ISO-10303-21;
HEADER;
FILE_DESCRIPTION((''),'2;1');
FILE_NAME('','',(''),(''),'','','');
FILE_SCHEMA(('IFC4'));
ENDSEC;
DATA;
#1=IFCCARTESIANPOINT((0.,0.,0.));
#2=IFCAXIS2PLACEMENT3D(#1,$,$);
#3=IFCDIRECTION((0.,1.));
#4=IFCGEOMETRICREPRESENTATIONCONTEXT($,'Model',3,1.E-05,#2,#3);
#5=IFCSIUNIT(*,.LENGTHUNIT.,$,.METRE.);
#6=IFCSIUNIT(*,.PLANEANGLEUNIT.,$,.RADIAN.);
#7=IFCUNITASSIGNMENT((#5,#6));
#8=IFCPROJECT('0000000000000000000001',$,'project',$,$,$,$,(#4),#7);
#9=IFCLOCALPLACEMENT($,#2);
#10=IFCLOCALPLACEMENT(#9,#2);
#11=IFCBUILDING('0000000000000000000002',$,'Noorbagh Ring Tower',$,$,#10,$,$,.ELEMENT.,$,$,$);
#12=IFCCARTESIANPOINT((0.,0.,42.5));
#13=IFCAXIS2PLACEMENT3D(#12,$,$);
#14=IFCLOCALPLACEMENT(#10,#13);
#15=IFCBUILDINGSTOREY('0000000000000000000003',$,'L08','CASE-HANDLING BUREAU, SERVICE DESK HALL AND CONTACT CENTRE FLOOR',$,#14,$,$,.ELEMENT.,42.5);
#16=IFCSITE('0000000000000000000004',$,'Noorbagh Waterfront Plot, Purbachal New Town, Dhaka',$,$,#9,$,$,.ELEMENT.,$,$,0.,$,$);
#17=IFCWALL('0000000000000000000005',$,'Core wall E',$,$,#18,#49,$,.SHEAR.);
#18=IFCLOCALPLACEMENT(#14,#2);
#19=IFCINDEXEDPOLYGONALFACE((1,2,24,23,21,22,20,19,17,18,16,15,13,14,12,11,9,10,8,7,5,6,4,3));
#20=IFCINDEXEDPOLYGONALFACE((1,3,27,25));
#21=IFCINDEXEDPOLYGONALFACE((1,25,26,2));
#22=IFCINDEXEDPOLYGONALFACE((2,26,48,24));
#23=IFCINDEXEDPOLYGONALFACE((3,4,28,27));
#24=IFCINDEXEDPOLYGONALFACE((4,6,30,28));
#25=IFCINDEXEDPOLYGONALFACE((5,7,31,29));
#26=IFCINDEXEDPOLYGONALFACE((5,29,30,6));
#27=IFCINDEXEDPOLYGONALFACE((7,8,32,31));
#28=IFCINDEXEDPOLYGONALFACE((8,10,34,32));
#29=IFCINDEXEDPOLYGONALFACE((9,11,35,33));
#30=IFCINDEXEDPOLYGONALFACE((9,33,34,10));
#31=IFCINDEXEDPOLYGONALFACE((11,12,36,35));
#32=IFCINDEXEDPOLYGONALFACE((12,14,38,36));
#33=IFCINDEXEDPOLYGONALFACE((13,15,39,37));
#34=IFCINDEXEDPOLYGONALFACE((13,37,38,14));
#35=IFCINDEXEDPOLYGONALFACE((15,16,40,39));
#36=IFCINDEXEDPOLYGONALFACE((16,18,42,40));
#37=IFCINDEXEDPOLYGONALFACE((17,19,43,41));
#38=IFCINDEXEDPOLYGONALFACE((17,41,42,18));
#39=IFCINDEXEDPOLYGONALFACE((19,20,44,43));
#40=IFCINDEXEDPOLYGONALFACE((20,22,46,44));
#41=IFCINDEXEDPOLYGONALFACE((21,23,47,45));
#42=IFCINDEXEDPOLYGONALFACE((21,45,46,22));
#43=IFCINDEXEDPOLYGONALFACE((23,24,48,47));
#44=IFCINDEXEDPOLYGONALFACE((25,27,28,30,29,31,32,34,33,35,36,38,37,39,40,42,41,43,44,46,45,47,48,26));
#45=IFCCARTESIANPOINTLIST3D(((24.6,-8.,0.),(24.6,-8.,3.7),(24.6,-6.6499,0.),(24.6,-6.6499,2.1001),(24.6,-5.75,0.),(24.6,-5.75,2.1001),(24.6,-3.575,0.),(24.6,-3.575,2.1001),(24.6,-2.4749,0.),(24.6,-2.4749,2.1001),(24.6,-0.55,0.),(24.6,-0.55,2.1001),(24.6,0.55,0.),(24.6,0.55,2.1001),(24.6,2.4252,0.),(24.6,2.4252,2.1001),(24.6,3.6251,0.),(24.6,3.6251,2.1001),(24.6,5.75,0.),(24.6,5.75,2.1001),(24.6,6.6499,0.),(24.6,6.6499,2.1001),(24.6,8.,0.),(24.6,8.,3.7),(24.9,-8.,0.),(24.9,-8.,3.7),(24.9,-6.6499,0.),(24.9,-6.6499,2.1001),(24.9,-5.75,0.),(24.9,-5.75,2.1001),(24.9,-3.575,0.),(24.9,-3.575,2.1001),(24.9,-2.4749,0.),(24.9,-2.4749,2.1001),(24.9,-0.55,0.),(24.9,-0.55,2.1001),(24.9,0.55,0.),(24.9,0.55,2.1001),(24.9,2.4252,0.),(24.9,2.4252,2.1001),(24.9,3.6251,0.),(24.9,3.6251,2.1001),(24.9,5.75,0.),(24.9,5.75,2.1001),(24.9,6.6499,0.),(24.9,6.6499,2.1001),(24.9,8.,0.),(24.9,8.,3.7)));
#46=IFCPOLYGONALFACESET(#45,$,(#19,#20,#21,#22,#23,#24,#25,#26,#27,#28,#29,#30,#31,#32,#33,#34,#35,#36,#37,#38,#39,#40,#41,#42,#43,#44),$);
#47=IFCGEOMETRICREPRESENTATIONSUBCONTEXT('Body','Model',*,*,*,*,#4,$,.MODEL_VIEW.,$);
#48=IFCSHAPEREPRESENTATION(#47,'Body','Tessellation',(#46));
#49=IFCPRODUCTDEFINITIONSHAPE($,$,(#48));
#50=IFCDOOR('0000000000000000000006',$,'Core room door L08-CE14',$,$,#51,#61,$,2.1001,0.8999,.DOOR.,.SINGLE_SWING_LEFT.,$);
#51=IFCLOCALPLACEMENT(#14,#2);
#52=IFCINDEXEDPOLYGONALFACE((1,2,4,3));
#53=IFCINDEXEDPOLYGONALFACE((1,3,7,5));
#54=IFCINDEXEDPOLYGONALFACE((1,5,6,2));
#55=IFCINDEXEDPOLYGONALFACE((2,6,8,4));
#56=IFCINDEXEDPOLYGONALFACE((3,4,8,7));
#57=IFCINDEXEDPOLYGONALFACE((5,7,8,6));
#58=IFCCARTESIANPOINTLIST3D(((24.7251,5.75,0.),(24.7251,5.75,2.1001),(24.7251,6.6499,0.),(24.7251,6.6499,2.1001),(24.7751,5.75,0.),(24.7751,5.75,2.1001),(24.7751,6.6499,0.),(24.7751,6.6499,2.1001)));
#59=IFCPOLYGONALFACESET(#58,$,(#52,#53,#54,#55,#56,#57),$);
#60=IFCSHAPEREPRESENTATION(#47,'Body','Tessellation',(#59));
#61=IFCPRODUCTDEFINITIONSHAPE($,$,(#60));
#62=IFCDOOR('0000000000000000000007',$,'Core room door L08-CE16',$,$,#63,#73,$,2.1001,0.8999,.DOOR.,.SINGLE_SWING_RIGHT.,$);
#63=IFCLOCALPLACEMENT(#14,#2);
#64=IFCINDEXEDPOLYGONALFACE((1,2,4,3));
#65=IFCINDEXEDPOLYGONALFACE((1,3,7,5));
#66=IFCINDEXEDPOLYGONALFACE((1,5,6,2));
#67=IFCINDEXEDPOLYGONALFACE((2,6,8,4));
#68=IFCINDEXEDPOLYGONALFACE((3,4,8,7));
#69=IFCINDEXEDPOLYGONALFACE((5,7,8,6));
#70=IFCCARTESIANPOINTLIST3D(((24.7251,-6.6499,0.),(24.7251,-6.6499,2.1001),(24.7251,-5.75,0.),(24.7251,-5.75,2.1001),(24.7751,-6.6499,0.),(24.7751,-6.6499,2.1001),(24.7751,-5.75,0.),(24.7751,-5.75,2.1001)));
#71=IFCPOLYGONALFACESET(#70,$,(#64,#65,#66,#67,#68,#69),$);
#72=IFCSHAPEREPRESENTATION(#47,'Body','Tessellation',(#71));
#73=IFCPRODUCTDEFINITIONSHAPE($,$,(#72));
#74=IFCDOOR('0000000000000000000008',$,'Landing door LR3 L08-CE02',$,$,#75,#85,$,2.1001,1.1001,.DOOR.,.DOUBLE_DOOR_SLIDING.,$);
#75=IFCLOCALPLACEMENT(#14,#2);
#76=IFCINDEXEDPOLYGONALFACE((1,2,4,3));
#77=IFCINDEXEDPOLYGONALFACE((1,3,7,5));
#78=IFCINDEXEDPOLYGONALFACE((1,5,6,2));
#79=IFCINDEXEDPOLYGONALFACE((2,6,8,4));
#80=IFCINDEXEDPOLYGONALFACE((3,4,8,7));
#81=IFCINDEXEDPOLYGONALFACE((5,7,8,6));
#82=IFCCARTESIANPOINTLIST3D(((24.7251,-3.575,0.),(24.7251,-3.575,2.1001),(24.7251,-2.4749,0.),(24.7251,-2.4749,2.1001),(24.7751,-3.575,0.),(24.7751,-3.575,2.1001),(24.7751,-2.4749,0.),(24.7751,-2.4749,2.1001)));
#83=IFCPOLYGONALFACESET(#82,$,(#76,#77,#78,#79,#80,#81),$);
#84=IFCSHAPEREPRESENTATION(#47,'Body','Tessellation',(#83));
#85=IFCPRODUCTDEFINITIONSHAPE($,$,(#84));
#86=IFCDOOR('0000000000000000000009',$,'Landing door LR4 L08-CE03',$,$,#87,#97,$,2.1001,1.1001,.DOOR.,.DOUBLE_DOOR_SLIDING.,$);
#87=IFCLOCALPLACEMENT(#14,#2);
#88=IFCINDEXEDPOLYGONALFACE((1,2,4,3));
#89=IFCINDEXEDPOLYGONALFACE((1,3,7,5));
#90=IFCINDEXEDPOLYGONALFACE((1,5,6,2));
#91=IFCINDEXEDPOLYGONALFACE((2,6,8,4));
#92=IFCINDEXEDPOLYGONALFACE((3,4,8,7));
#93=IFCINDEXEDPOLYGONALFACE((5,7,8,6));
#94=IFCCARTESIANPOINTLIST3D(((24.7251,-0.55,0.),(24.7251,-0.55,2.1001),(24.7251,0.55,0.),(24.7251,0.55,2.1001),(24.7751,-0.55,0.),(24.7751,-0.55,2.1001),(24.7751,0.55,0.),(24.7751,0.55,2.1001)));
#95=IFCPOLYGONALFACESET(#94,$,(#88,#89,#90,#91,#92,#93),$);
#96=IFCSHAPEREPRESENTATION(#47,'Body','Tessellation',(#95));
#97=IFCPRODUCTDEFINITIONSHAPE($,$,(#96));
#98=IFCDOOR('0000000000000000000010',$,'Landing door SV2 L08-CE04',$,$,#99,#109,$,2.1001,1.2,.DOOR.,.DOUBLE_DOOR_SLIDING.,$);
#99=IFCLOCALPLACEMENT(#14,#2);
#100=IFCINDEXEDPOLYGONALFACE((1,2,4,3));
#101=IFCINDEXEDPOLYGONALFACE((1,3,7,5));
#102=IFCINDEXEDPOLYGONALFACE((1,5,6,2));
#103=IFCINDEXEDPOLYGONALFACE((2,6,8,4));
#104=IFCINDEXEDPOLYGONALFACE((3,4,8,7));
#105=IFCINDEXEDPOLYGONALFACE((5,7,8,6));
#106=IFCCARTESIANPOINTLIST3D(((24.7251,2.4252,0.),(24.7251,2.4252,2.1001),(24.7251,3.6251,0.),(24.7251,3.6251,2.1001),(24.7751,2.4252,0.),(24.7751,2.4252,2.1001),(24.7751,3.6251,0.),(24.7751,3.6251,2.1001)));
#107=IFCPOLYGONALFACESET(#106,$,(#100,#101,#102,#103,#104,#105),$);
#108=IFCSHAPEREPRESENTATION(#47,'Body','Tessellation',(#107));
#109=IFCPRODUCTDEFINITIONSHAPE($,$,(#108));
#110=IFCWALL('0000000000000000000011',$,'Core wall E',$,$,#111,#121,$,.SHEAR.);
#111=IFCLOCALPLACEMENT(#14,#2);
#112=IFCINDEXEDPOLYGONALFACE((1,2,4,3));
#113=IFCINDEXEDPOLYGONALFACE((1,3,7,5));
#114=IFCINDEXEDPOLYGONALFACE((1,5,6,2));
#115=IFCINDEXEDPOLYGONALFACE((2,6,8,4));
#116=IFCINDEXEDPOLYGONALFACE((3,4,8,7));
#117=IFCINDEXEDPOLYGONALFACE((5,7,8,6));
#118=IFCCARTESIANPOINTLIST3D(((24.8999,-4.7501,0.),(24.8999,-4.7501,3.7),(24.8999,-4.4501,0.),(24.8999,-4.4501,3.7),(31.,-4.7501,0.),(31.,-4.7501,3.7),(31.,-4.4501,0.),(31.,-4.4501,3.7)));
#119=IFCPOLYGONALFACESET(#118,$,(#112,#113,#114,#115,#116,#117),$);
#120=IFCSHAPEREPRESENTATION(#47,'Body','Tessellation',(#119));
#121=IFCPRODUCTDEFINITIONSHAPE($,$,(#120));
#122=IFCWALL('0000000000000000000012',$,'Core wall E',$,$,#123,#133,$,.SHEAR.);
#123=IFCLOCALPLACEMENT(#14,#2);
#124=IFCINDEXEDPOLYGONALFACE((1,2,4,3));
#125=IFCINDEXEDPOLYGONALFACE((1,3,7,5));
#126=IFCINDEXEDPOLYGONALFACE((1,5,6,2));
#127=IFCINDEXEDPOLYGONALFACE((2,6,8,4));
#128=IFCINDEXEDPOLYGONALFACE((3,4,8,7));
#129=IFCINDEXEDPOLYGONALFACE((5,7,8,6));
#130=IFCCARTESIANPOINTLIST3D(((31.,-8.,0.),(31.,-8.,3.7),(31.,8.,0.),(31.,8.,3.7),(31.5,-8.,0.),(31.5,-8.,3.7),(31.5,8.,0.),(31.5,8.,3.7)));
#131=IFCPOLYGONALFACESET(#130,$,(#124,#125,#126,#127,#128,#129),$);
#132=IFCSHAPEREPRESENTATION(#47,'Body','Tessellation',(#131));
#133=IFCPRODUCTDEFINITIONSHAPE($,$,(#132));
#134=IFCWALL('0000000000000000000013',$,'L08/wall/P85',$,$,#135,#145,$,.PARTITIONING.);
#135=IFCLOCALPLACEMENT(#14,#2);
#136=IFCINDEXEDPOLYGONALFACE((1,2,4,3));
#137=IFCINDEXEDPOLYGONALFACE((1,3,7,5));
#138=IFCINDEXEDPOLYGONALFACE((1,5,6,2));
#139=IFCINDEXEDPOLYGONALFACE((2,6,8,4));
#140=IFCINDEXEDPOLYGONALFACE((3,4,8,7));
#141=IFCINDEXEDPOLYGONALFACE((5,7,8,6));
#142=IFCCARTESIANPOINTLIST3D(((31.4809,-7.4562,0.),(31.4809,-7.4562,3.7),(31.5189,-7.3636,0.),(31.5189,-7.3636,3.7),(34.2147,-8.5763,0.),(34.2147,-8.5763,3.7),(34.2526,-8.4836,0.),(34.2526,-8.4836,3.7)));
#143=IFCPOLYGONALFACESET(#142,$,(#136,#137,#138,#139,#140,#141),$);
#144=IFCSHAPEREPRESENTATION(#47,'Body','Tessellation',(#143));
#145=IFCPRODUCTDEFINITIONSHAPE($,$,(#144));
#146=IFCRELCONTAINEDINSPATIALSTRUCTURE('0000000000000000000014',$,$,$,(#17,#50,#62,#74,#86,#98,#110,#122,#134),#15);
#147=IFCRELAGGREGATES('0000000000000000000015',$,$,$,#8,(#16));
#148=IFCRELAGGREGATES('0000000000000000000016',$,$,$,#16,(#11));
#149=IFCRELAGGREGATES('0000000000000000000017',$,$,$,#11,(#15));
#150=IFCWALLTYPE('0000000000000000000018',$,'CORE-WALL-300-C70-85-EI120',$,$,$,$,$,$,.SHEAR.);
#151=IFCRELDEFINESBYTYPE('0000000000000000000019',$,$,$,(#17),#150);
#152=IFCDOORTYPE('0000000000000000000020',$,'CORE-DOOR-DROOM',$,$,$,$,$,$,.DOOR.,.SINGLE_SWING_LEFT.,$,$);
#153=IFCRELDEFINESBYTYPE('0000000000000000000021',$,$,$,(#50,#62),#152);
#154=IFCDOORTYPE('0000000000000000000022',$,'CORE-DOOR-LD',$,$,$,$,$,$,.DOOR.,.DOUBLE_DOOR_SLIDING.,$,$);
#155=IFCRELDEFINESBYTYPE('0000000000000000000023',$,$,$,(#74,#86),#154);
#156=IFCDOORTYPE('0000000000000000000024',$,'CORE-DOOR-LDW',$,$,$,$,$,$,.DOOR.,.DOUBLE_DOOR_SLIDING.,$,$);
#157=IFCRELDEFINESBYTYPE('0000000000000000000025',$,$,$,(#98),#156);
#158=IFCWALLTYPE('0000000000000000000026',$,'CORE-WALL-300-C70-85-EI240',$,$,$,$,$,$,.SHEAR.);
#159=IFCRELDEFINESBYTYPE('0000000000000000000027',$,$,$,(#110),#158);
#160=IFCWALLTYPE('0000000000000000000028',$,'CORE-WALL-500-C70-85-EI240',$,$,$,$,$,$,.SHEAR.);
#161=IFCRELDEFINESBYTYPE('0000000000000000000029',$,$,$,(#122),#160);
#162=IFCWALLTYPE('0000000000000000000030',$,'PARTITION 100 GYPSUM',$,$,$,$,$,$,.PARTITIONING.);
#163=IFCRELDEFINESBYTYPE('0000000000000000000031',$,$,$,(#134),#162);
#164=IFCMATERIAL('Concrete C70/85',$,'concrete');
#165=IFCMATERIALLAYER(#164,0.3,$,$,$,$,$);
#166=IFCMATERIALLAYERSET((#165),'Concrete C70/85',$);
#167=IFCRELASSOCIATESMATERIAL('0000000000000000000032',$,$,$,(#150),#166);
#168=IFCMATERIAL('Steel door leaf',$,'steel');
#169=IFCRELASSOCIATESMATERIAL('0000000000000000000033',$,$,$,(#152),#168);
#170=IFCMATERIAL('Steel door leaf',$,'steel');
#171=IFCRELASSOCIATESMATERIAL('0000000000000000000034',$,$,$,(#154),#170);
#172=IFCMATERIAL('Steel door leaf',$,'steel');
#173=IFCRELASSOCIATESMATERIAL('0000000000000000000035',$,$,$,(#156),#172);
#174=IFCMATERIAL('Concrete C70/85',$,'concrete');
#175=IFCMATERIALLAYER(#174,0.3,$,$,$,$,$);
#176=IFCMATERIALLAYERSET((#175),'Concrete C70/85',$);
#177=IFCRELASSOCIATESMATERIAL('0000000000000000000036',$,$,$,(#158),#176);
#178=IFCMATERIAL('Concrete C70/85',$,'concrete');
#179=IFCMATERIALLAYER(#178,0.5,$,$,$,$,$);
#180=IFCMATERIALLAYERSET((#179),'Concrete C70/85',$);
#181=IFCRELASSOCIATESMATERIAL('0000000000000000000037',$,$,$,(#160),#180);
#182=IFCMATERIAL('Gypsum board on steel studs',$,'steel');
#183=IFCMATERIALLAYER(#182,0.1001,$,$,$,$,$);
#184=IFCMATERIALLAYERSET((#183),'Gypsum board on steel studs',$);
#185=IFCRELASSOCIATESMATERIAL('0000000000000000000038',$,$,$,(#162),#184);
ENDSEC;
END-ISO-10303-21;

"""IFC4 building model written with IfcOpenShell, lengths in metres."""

from ifc_helpers import new_model, si_unit, direction, frame, frame_2d, origin, place, context, subcontext, project, spatial, rectangle, extrude, material, layer, layer_set, type_object, element, fill, save


model = new_model("IFC4")

# Units and contexts
model_context = context("Model", 3, precision=1e-05, world=origin(), true_north=direction((0.0, 1.0)))
body_context = subcontext(model_context, "Body", "Model", "MODEL_VIEW")
ifc_project = project(units=[si_unit("LENGTHUNIT", "METRE"), si_unit("PLANEANGLEUNIT", "RADIAN")], contexts=[model_context])

# Site, building, storey
site_placement = place(None, origin())
site = spatial("IfcSite", under=ifc_project, at=site_placement, Name="Noorbagh Waterfront Plot, Purbachal New Town, Dhaka", CompositionType="ELEMENT", RefElevation=0.0)
building_placement = place(site_placement, origin())
building = spatial("IfcBuilding", under=site, at=building_placement, Name="Noorbagh Ring Tower", CompositionType="ELEMENT")
storey_placement = place(building_placement, frame((0.0, 0.0, 42.5)))
storey = spatial("IfcBuildingStorey", under=building, at=storey_placement, Name="L08", Description="CASE-HANDLING BUREAU, SERVICE DESK HALL AND CONTACT CENTRE FLOOR", CompositionType="ELEMENT", Elevation=42.5)

# Shared definitions
ifc_material_1 = material(Name="Concrete C70/85", Category="concrete")
ifc_layer_1 = layer(ifc_material_1, 0.3)
ifc_layer_set_1 = layer_set([ifc_layer_1], Name="Concrete C70/85")
wall_type_1 = type_object("IfcWallType", Name="CORE-WALL-300-C70-85-EI120", PredefinedType="SHEAR", material=ifc_layer_set_1)

# Wall, openings, doors
wall_1_placement = place(storey_placement, frame((24.75, -8.0, 0.0), z_axis=(0.0, 0.0, 1.0), x_axis=(0.0, 1.0, 0.0)))
wall_1 = element("IfcWall", 1, at=wall_1_placement, inside=storey, type_object=wall_type_1, Name="Core wall E", PredefinedType="SHEAR", context=body_context, shape_type="SweptSolid", body=[
    extrude(rectangle(XDim=16.0, YDim=0.3, at=frame_2d((8.0, 0.0))), origin(), (0.0, 0.0, 1.0), 3.7),
])
opening_1_placement = place(wall_1_placement, frame((4.425, 0.0, 0.0)))
opening_1 = element("IfcOpeningElement", 2, at=opening_1_placement, cuts=wall_1, PredefinedType="OPENING", context=body_context, shape_type="SweptSolid", body=[
    extrude(rectangle(XDim=1.1001, YDim=2.1001, at=frame_2d((0.55, 1.05))), frame((0.0, 0.1602, 0.0), z_axis=(0.0, -1.0, 0.0), x_axis=(1.0, 0.0, 0.0)), (0.0, 0.0, 1.0), 0.3201),
])
opening_2_placement = place(wall_1_placement, frame((7.45, 0.0, 0.0)))
opening_2 = element("IfcOpeningElement", 3, at=opening_2_placement, cuts=wall_1, PredefinedType="OPENING", context=body_context, shape_type="SweptSolid", body=[
    extrude(rectangle(XDim=1.1001, YDim=2.1001, at=frame_2d((0.55, 1.05))), frame((0.0, 0.1602, 0.0), z_axis=(0.0, -1.0, 0.0), x_axis=(1.0, 0.0, 0.0)), (0.0, 0.0, 1.0), 0.3201),
])
opening_3_placement = place(wall_1_placement, frame((10.425, 0.0, 0.0)))
opening_3 = element("IfcOpeningElement", 4, at=opening_3_placement, cuts=wall_1, PredefinedType="OPENING", context=body_context, shape_type="SweptSolid", body=[
    extrude(rectangle(XDim=1.2, YDim=2.1001, at=frame_2d((0.6001, 1.05))), frame((0.0, 0.1602, 0.0), z_axis=(0.0, -1.0, 0.0), x_axis=(1.0, 0.0, 0.0)), (0.0, 0.0, 1.0), 0.3201),
])
opening_4_placement = place(wall_1_placement, frame((13.75, 0.0, 0.0)))
opening_4 = element("IfcOpeningElement", 5, at=opening_4_placement, cuts=wall_1, PredefinedType="OPENING", context=body_context, shape_type="SweptSolid", body=[
    extrude(rectangle(XDim=0.8999, YDim=2.1001, at=frame_2d((0.45, 1.05))), frame((0.0, 0.1602, 0.0), z_axis=(0.0, -1.0, 0.0), x_axis=(1.0, 0.0, 0.0)), (0.0, 0.0, 1.0), 0.3201),
])
opening_5_placement = place(wall_1_placement, frame((1.3501, 0.0, 0.0)))
opening_5 = element("IfcOpeningElement", 6, at=opening_5_placement, cuts=wall_1, PredefinedType="OPENING", context=body_context, shape_type="SweptSolid", body=[
    extrude(rectangle(XDim=0.8999, YDim=2.1001, at=frame_2d((0.45, 1.05))), frame((0.0, 0.1602, 0.0), z_axis=(0.0, -1.0, 0.0), x_axis=(1.0, 0.0, 0.0)), (0.0, 0.0, 1.0), 0.3201),
])
ifc_material_2 = material(Name="Steel door leaf", Category="steel")
door_type_1 = type_object("IfcDoorType", Name="CORE-DOOR-DROOM", OperationType="SINGLE_SWING_LEFT", PredefinedType="DOOR", material=ifc_material_2)
door_1_placement = place(opening_4_placement, origin())
door_1 = element("IfcDoor", 7, at=door_1_placement, inside=storey, type_object=door_type_1, Name="Core room door L08-CE14", OperationType="SINGLE_SWING_LEFT", OverallHeight=2.1001, OverallWidth=0.8999, PredefinedType="DOOR", context=body_context, shape_type="SweptSolid", body=[
    extrude(rectangle(XDim=0.8999, YDim=2.1001, at=frame_2d((0.45, 1.05))), frame((0.0, 0.0249, 0.0), z_axis=(0.0, -1.0, 0.0), x_axis=(1.0, 0.0, 0.0)), (0.0, 0.0, 1.0), 0.05),
])
fill(opening_4, door_1)
door_2_placement = place(opening_5_placement, origin())
door_2 = element("IfcDoor", 8, at=door_2_placement, inside=storey, type_object=door_type_1, Name="Core room door L08-CE16", OperationType="SINGLE_SWING_RIGHT", OverallHeight=2.1001, OverallWidth=0.8999, PredefinedType="DOOR", context=body_context, shape_type="SweptSolid", body=[
    extrude(rectangle(XDim=0.8999, YDim=2.1001, at=frame_2d((0.45, 1.05))), frame((0.0, 0.0249, 0.0), z_axis=(0.0, -1.0, 0.0), x_axis=(1.0, 0.0, 0.0)), (0.0, 0.0, 1.0), 0.05),
])
fill(opening_5, door_2)
ifc_material_3 = material(Name="Steel door leaf", Category="steel")
door_type_2 = type_object("IfcDoorType", Name="CORE-DOOR-LD", OperationType="DOUBLE_DOOR_SLIDING", PredefinedType="DOOR", material=ifc_material_3)
door_3_placement = place(opening_1_placement, origin())
door_3 = element("IfcDoor", 9, at=door_3_placement, inside=storey, type_object=door_type_2, Name="Landing door LR3 L08-CE02", OperationType="DOUBLE_DOOR_SLIDING", OverallHeight=2.1001, OverallWidth=1.1001, PredefinedType="DOOR", context=body_context, shape_type="SweptSolid", body=[
    extrude(rectangle(XDim=1.1001, YDim=2.1001, at=frame_2d((0.55, 1.05))), frame((0.0, 0.0249, 0.0), z_axis=(0.0, -1.0, 0.0), x_axis=(1.0, 0.0, 0.0)), (0.0, 0.0, 1.0), 0.05),
])
fill(opening_1, door_3)
door_4_placement = place(opening_2_placement, origin())
door_4 = element("IfcDoor", 10, at=door_4_placement, inside=storey, type_object=door_type_2, Name="Landing door LR4 L08-CE03", OperationType="DOUBLE_DOOR_SLIDING", OverallHeight=2.1001, OverallWidth=1.1001, PredefinedType="DOOR", context=body_context, shape_type="SweptSolid", body=[
    extrude(rectangle(XDim=1.1001, YDim=2.1001, at=frame_2d((0.55, 1.05))), frame((0.0, 0.0249, 0.0), z_axis=(0.0, -1.0, 0.0), x_axis=(1.0, 0.0, 0.0)), (0.0, 0.0, 1.0), 0.05),
])
fill(opening_2, door_4)
ifc_material_4 = material(Name="Steel door leaf", Category="steel")
door_type_3 = type_object("IfcDoorType", Name="CORE-DOOR-LDW", OperationType="DOUBLE_DOOR_SLIDING", PredefinedType="DOOR", material=ifc_material_4)
door_5_placement = place(opening_3_placement, origin())
door_5 = element("IfcDoor", 11, at=door_5_placement, inside=storey, type_object=door_type_3, Name="Landing door SV2 L08-CE04", OperationType="DOUBLE_DOOR_SLIDING", OverallHeight=2.1001, OverallWidth=1.2, PredefinedType="DOOR", context=body_context, shape_type="SweptSolid", body=[
    extrude(rectangle(XDim=1.2, YDim=2.1001, at=frame_2d((0.6001, 1.05))), frame((0.0, 0.0249, 0.0), z_axis=(0.0, -1.0, 0.0), x_axis=(1.0, 0.0, 0.0)), (0.0, 0.0, 1.0), 0.05),
])
fill(opening_3, door_5)

# Walls
ifc_material_5 = material(Name="Concrete C70/85", Category="concrete")
ifc_layer_2 = layer(ifc_material_5, 0.3)
ifc_layer_set_2 = layer_set([ifc_layer_2], Name="Concrete C70/85")
wall_type_2 = type_object("IfcWallType", Name="CORE-WALL-300-C70-85-EI240", PredefinedType="SHEAR", material=ifc_layer_set_2)
wall_2_placement = place(storey_placement, frame((24.8999, -4.6001, 0.0), z_axis=(0.0, 0.0, 1.0), x_axis=(1.0, 0.0, 0.0)))
element("IfcWall", 12, at=wall_2_placement, inside=storey, type_object=wall_type_2, Name="Core wall E", PredefinedType="SHEAR", context=body_context, shape_type="SweptSolid", body=[
    extrude(rectangle(XDim=6.1001, YDim=0.3, at=frame_2d((3.05, 0.0))), origin(), (0.0, 0.0, 1.0), 3.7),
])
ifc_material_6 = material(Name="Concrete C70/85", Category="concrete")
ifc_layer_3 = layer(ifc_material_6, 0.5)
ifc_layer_set_3 = layer_set([ifc_layer_3], Name="Concrete C70/85")
wall_type_3 = type_object("IfcWallType", Name="CORE-WALL-500-C70-85-EI240", PredefinedType="SHEAR", material=ifc_layer_set_3)
wall_3_placement = place(storey_placement, frame((31.25, -8.0, 0.0), z_axis=(0.0, 0.0, 1.0), x_axis=(0.0, 1.0, 0.0)))
element("IfcWall", 13, at=wall_3_placement, inside=storey, type_object=wall_type_3, Name="Core wall E", PredefinedType="SHEAR", context=body_context, shape_type="SweptSolid", body=[
    extrude(rectangle(XDim=16.0, YDim=0.5, at=frame_2d((8.0, 0.0))), origin(), (0.0, 0.0, 1.0), 3.7),
])
ifc_material_7 = material(Name="Gypsum board on steel studs", Category="steel")
ifc_layer_4 = layer(ifc_material_7, 0.1001)
ifc_layer_set_4 = layer_set([ifc_layer_4], Name="Gypsum board on steel studs")
wall_type_4 = type_object("IfcWallType", Name="PARTITION 100 GYPSUM", PredefinedType="PARTITIONING", material=ifc_layer_set_4)
wall_4_placement = place(storey_placement, frame((31.5, -7.4099, 0.0), z_axis=(0.0, 0.0, 1.0), x_axis=(0.925344, -0.379128, 0.0)))
element("IfcWall", 14, at=wall_4_placement, inside=storey, type_object=wall_type_4, Name="L08/wall/P85", PredefinedType="PARTITIONING", context=body_context, shape_type="SweptSolid", body=[
    extrude(rectangle(XDim=2.9543, YDim=0.1001, at=frame_2d((1.4771, 0.0))), origin(), (0.0, 0.0, 1.0), 3.7),
])

save(model, "model.ifc")
